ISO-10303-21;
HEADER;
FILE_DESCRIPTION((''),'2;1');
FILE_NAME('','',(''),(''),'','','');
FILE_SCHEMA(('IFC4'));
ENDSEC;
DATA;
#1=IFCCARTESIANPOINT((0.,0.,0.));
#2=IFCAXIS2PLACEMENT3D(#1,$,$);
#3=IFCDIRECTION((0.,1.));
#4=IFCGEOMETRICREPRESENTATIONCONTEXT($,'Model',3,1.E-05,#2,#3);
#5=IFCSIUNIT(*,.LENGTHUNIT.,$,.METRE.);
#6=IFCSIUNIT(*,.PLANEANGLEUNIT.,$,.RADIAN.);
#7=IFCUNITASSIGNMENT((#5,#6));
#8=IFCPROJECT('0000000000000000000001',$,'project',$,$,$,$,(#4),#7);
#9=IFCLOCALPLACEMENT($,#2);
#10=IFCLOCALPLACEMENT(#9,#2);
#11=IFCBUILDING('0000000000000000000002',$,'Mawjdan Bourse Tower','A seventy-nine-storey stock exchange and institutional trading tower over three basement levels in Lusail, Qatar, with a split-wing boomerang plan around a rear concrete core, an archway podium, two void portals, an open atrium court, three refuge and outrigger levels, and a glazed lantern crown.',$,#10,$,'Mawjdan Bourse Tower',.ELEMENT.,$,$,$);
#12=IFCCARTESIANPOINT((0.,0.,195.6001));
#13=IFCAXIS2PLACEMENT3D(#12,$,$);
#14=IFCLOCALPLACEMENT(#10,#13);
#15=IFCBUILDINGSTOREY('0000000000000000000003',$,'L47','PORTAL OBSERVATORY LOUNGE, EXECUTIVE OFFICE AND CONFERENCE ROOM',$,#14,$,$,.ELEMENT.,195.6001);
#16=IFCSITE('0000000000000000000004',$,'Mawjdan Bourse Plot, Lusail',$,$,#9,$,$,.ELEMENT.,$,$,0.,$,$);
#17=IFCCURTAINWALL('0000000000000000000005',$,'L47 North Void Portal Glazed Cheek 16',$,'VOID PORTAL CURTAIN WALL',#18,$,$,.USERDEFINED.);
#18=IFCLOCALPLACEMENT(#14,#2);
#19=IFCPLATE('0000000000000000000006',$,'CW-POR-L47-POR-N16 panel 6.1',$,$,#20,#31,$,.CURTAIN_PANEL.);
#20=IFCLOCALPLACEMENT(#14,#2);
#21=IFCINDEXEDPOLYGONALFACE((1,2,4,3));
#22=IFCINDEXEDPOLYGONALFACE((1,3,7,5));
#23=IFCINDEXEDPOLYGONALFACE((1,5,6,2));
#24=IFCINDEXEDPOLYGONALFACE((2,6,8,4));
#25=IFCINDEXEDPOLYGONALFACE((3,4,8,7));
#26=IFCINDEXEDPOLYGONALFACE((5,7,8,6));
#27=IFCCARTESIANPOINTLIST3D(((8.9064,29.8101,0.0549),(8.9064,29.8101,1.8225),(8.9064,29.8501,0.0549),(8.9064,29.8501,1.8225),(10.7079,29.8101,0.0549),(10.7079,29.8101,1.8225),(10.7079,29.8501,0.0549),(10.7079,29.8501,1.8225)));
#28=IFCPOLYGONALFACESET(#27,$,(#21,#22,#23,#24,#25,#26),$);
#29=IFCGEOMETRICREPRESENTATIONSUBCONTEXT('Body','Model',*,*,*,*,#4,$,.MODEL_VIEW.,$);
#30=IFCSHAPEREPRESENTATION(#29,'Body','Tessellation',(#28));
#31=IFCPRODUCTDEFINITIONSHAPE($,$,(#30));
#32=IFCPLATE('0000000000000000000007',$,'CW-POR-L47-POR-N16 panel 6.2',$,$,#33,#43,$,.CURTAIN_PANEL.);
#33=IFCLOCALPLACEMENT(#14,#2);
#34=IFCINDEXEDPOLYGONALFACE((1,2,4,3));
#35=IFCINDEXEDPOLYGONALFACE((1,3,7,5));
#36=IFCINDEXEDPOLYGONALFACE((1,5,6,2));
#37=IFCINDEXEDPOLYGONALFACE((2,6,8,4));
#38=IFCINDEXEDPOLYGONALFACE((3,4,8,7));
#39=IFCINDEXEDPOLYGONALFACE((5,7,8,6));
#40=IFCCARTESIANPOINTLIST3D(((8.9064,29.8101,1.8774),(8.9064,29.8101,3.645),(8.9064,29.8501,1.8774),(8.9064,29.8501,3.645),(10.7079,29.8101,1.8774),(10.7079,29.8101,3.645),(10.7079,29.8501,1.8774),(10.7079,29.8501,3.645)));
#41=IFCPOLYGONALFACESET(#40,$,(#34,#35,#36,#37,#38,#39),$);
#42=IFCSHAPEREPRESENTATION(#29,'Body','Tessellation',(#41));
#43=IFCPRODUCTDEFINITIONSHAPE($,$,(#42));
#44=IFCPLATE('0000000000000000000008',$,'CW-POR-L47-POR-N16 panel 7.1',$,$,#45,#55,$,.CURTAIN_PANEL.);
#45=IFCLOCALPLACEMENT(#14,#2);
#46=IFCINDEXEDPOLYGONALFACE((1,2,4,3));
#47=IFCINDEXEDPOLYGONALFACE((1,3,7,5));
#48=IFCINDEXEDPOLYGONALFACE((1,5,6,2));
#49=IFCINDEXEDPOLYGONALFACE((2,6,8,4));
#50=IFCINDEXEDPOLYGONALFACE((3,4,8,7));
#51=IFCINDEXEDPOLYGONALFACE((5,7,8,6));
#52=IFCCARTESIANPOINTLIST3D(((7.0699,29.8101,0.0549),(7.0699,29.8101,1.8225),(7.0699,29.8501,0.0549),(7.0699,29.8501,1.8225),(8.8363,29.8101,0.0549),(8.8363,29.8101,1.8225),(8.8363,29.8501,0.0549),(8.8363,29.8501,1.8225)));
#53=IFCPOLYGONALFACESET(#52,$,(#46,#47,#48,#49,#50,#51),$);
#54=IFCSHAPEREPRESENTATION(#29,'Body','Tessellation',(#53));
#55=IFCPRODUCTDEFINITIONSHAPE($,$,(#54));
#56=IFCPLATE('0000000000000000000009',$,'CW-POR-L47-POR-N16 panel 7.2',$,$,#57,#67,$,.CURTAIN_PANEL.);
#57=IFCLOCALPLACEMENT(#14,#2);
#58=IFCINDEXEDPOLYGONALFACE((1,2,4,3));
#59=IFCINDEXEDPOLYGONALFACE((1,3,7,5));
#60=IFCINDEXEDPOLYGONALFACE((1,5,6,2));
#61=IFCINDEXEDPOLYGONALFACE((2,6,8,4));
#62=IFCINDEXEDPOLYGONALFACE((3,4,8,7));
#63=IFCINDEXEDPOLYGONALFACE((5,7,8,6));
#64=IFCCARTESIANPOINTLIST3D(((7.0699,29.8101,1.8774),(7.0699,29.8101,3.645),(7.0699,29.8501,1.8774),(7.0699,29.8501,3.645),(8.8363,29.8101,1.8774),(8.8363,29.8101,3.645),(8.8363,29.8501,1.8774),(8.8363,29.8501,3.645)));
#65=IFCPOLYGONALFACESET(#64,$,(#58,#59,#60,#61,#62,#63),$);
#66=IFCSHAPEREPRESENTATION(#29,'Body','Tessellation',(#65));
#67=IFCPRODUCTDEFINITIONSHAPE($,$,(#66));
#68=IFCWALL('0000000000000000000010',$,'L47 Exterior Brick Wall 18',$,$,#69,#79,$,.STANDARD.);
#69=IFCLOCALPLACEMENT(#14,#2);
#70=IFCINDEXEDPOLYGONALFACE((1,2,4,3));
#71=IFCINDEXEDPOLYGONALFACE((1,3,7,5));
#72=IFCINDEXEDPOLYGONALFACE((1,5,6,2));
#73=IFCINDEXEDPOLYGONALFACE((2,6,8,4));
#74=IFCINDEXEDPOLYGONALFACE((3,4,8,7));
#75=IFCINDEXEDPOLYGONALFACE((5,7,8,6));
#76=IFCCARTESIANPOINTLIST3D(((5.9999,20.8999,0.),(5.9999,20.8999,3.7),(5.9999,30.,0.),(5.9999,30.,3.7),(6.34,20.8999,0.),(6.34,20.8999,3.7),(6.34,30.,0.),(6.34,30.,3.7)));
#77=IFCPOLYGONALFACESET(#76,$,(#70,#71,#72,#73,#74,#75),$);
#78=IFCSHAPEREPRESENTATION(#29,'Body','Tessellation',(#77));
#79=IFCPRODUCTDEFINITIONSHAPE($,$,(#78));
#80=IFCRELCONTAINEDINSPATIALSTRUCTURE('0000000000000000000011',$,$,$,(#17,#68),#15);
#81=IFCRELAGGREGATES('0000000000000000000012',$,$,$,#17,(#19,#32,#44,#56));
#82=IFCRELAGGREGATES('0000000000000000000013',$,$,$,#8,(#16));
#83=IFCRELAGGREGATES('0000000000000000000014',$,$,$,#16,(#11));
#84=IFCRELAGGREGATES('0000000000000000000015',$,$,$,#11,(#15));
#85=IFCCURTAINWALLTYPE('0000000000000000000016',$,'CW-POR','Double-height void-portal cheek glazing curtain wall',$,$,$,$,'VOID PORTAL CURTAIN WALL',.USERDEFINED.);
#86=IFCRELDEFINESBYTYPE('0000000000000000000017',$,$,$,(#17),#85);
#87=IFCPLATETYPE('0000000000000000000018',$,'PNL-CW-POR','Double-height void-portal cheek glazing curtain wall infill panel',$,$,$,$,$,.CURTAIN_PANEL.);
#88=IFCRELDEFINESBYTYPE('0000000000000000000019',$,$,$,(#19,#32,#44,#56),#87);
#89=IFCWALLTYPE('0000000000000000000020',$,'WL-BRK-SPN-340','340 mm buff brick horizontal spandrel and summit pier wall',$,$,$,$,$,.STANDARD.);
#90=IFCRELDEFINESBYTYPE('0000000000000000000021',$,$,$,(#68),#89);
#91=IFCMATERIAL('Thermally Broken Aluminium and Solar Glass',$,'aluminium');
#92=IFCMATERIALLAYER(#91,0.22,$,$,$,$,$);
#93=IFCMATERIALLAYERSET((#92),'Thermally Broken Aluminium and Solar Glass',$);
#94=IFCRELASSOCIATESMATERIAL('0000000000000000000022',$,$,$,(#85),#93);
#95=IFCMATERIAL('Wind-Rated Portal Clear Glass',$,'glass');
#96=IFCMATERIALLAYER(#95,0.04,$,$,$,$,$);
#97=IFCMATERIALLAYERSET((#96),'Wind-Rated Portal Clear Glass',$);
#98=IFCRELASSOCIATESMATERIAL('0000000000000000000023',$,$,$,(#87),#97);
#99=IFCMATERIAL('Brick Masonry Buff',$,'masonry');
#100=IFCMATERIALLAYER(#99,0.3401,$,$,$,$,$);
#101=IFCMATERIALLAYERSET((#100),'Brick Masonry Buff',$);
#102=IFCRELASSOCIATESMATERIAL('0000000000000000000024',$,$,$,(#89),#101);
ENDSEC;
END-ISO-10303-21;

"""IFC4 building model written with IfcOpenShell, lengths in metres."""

from ifc_helpers import new_model, si_unit, direction, frame, frame_2d, origin, origin_2d, place, context, subcontext, project, spatial, rectangle, extrude, material, layer, layer_set, type_object, element, aggregate, save


model = new_model("IFC4")

# Units and contexts
model_context = context("Model", 3, precision=1e-05, world=origin(), true_north=direction((0.0, 1.0)))
body_context = subcontext(model_context, "Body", "Model", "MODEL_VIEW")
ifc_project = project(units=[si_unit("LENGTHUNIT", "METRE"), si_unit("PLANEANGLEUNIT", "RADIAN")], contexts=[model_context])

# Site, building, storey
site_placement = place(None, origin())
site = spatial("IfcSite", under=ifc_project, at=site_placement, Name="Mawjdan Bourse Plot, Lusail", CompositionType="ELEMENT", RefElevation=0.0)
building_placement = place(site_placement, origin())
building = spatial("IfcBuilding", under=site, at=building_placement, Name="Mawjdan Bourse Tower", Description="A seventy-nine-storey stock exchange and institutional trading tower over three basement levels in Lusail, Qatar, with a split-wing boomerang plan around a rear concrete core, an archway podium, two void portals, an open atrium court, three refuge and outrigger levels, and a glazed lantern crown.", LongName="Mawjdan Bourse Tower", CompositionType="ELEMENT")
storey_placement = place(building_placement, frame((0.0, 0.0, 195.6001)))
storey = spatial("IfcBuildingStorey", under=building, at=storey_placement, Name="L47", Description="PORTAL OBSERVATORY LOUNGE, EXECUTIVE OFFICE AND CONFERENCE ROOM", CompositionType="ELEMENT", Elevation=195.6001)

# Shared definitions
ifc_material_1 = material(Name="Thermally Broken Aluminium and Solar Glass", Category="aluminium")
ifc_layer_1 = layer(ifc_material_1, 0.22)
ifc_layer_set_1 = layer_set([ifc_layer_1], Name="Thermally Broken Aluminium and Solar Glass")
curtain_wall_type = type_object("IfcCurtainWallType", Name="CW-POR", Description="Double-height void-portal cheek glazing curtain wall", ElementType="VOID PORTAL CURTAIN WALL", PredefinedType="USERDEFINED", material=ifc_layer_set_1)

# Curtain wall
curtain_wall_1_placement = place(storey_placement, origin())
curtain_wall_1 = element("IfcCurtainWall", 1, at=curtain_wall_1_placement, inside=storey, type_object=curtain_wall_type, Name="L47 North Void Portal Glazed Cheek 16", ObjectType="VOID PORTAL CURTAIN WALL", PredefinedType="USERDEFINED")

# Plates
ifc_material_2 = material(Name="Wind-Rated Portal Clear Glass", Category="glass")
ifc_layer_2 = layer(ifc_material_2, 0.04)
ifc_layer_set_2 = layer_set([ifc_layer_2], Name="Wind-Rated Portal Clear Glass")
plate_type = type_object("IfcPlateType", Name="PNL-CW-POR", Description="Double-height void-portal cheek glazing curtain wall infill panel", PredefinedType="CURTAIN_PANEL", material=ifc_layer_set_2)
plate_1_placement = place(storey_placement, frame((9.8071, 29.8301, 0.0549), z_axis=(0.0, 0.0, 1.0), x_axis=(-1.0, 0.0, 0.0)))
plate_1 = element("IfcPlate", 2, at=plate_1_placement, type_object=plate_type, Name="CW-POR-L47-POR-N16 panel 6.1", PredefinedType="CURTAIN_PANEL", context=body_context, shape_type="SweptSolid", body=[
    extrude(rectangle(XDim=1.8015, YDim=0.04, at=origin_2d()), origin(), (0.0, 0.0, 1.0), 1.7676),
])
plate_2_placement = place(storey_placement, frame((9.8071, 29.8301, 1.8774), z_axis=(0.0, 0.0, 1.0), x_axis=(-1.0, 0.0, 0.0)))
plate_2 = element("IfcPlate", 3, at=plate_2_placement, type_object=plate_type, Name="CW-POR-L47-POR-N16 panel 6.2", PredefinedType="CURTAIN_PANEL", context=body_context, shape_type="SweptSolid", body=[
    extrude(rectangle(XDim=1.8015, YDim=0.04, at=origin_2d()), origin(), (0.0, 0.0, 1.0), 1.7676),
])
plate_3_placement = place(storey_placement, frame((7.9531, 29.8301, 0.0549), z_axis=(0.0, 0.0, 1.0), x_axis=(-1.0, 0.0, 0.0)))
plate_3 = element("IfcPlate", 4, at=plate_3_placement, type_object=plate_type, Name="CW-POR-L47-POR-N16 panel 7.1", PredefinedType="CURTAIN_PANEL", context=body_context, shape_type="SweptSolid", body=[
    extrude(rectangle(XDim=1.7664, YDim=0.04, at=origin_2d()), origin(), (0.0, 0.0, 1.0), 1.7676),
])
plate_4_placement = place(storey_placement, frame((7.9531, 29.8301, 1.8774), z_axis=(0.0, 0.0, 1.0), x_axis=(-1.0, 0.0, 0.0)))
plate_4 = element("IfcPlate", 5, at=plate_4_placement, type_object=plate_type, Name="CW-POR-L47-POR-N16 panel 7.2", PredefinedType="CURTAIN_PANEL", context=body_context, shape_type="SweptSolid", body=[
    extrude(rectangle(XDim=1.7664, YDim=0.04, at=origin_2d()), origin(), (0.0, 0.0, 1.0), 1.7676),
])
aggregate(curtain_wall_1, [plate_1, plate_2, plate_3, plate_4])

# Wall
ifc_material_3 = material(Name="Brick Masonry Buff", Category="masonry")
ifc_layer_3 = layer(ifc_material_3, 0.3401)
ifc_layer_set_3 = layer_set([ifc_layer_3], Name="Brick Masonry Buff")
wall_type = type_object("IfcWallType", Name="WL-BRK-SPN-340", Description="340 mm buff brick horizontal spandrel and summit pier wall", PredefinedType="STANDARD", material=ifc_layer_set_3)
wall_placement = place(storey_placement, frame((6.1699, 30.0, 0.0), z_axis=(0.0, 0.0, 1.0), x_axis=(0.0, -1.0, 0.0)))
element("IfcWall", 6, at=wall_placement, inside=storey, type_object=wall_type, Name="L47 Exterior Brick Wall 18", PredefinedType="STANDARD", context=body_context, shape_type="SweptSolid", body=[
    extrude(rectangle(XDim=9.1001, YDim=0.3401, at=frame_2d((4.55, 0.0))), origin(), (0.0, 0.0, 1.0), 3.7),
])

save(model, "model.ifc")
